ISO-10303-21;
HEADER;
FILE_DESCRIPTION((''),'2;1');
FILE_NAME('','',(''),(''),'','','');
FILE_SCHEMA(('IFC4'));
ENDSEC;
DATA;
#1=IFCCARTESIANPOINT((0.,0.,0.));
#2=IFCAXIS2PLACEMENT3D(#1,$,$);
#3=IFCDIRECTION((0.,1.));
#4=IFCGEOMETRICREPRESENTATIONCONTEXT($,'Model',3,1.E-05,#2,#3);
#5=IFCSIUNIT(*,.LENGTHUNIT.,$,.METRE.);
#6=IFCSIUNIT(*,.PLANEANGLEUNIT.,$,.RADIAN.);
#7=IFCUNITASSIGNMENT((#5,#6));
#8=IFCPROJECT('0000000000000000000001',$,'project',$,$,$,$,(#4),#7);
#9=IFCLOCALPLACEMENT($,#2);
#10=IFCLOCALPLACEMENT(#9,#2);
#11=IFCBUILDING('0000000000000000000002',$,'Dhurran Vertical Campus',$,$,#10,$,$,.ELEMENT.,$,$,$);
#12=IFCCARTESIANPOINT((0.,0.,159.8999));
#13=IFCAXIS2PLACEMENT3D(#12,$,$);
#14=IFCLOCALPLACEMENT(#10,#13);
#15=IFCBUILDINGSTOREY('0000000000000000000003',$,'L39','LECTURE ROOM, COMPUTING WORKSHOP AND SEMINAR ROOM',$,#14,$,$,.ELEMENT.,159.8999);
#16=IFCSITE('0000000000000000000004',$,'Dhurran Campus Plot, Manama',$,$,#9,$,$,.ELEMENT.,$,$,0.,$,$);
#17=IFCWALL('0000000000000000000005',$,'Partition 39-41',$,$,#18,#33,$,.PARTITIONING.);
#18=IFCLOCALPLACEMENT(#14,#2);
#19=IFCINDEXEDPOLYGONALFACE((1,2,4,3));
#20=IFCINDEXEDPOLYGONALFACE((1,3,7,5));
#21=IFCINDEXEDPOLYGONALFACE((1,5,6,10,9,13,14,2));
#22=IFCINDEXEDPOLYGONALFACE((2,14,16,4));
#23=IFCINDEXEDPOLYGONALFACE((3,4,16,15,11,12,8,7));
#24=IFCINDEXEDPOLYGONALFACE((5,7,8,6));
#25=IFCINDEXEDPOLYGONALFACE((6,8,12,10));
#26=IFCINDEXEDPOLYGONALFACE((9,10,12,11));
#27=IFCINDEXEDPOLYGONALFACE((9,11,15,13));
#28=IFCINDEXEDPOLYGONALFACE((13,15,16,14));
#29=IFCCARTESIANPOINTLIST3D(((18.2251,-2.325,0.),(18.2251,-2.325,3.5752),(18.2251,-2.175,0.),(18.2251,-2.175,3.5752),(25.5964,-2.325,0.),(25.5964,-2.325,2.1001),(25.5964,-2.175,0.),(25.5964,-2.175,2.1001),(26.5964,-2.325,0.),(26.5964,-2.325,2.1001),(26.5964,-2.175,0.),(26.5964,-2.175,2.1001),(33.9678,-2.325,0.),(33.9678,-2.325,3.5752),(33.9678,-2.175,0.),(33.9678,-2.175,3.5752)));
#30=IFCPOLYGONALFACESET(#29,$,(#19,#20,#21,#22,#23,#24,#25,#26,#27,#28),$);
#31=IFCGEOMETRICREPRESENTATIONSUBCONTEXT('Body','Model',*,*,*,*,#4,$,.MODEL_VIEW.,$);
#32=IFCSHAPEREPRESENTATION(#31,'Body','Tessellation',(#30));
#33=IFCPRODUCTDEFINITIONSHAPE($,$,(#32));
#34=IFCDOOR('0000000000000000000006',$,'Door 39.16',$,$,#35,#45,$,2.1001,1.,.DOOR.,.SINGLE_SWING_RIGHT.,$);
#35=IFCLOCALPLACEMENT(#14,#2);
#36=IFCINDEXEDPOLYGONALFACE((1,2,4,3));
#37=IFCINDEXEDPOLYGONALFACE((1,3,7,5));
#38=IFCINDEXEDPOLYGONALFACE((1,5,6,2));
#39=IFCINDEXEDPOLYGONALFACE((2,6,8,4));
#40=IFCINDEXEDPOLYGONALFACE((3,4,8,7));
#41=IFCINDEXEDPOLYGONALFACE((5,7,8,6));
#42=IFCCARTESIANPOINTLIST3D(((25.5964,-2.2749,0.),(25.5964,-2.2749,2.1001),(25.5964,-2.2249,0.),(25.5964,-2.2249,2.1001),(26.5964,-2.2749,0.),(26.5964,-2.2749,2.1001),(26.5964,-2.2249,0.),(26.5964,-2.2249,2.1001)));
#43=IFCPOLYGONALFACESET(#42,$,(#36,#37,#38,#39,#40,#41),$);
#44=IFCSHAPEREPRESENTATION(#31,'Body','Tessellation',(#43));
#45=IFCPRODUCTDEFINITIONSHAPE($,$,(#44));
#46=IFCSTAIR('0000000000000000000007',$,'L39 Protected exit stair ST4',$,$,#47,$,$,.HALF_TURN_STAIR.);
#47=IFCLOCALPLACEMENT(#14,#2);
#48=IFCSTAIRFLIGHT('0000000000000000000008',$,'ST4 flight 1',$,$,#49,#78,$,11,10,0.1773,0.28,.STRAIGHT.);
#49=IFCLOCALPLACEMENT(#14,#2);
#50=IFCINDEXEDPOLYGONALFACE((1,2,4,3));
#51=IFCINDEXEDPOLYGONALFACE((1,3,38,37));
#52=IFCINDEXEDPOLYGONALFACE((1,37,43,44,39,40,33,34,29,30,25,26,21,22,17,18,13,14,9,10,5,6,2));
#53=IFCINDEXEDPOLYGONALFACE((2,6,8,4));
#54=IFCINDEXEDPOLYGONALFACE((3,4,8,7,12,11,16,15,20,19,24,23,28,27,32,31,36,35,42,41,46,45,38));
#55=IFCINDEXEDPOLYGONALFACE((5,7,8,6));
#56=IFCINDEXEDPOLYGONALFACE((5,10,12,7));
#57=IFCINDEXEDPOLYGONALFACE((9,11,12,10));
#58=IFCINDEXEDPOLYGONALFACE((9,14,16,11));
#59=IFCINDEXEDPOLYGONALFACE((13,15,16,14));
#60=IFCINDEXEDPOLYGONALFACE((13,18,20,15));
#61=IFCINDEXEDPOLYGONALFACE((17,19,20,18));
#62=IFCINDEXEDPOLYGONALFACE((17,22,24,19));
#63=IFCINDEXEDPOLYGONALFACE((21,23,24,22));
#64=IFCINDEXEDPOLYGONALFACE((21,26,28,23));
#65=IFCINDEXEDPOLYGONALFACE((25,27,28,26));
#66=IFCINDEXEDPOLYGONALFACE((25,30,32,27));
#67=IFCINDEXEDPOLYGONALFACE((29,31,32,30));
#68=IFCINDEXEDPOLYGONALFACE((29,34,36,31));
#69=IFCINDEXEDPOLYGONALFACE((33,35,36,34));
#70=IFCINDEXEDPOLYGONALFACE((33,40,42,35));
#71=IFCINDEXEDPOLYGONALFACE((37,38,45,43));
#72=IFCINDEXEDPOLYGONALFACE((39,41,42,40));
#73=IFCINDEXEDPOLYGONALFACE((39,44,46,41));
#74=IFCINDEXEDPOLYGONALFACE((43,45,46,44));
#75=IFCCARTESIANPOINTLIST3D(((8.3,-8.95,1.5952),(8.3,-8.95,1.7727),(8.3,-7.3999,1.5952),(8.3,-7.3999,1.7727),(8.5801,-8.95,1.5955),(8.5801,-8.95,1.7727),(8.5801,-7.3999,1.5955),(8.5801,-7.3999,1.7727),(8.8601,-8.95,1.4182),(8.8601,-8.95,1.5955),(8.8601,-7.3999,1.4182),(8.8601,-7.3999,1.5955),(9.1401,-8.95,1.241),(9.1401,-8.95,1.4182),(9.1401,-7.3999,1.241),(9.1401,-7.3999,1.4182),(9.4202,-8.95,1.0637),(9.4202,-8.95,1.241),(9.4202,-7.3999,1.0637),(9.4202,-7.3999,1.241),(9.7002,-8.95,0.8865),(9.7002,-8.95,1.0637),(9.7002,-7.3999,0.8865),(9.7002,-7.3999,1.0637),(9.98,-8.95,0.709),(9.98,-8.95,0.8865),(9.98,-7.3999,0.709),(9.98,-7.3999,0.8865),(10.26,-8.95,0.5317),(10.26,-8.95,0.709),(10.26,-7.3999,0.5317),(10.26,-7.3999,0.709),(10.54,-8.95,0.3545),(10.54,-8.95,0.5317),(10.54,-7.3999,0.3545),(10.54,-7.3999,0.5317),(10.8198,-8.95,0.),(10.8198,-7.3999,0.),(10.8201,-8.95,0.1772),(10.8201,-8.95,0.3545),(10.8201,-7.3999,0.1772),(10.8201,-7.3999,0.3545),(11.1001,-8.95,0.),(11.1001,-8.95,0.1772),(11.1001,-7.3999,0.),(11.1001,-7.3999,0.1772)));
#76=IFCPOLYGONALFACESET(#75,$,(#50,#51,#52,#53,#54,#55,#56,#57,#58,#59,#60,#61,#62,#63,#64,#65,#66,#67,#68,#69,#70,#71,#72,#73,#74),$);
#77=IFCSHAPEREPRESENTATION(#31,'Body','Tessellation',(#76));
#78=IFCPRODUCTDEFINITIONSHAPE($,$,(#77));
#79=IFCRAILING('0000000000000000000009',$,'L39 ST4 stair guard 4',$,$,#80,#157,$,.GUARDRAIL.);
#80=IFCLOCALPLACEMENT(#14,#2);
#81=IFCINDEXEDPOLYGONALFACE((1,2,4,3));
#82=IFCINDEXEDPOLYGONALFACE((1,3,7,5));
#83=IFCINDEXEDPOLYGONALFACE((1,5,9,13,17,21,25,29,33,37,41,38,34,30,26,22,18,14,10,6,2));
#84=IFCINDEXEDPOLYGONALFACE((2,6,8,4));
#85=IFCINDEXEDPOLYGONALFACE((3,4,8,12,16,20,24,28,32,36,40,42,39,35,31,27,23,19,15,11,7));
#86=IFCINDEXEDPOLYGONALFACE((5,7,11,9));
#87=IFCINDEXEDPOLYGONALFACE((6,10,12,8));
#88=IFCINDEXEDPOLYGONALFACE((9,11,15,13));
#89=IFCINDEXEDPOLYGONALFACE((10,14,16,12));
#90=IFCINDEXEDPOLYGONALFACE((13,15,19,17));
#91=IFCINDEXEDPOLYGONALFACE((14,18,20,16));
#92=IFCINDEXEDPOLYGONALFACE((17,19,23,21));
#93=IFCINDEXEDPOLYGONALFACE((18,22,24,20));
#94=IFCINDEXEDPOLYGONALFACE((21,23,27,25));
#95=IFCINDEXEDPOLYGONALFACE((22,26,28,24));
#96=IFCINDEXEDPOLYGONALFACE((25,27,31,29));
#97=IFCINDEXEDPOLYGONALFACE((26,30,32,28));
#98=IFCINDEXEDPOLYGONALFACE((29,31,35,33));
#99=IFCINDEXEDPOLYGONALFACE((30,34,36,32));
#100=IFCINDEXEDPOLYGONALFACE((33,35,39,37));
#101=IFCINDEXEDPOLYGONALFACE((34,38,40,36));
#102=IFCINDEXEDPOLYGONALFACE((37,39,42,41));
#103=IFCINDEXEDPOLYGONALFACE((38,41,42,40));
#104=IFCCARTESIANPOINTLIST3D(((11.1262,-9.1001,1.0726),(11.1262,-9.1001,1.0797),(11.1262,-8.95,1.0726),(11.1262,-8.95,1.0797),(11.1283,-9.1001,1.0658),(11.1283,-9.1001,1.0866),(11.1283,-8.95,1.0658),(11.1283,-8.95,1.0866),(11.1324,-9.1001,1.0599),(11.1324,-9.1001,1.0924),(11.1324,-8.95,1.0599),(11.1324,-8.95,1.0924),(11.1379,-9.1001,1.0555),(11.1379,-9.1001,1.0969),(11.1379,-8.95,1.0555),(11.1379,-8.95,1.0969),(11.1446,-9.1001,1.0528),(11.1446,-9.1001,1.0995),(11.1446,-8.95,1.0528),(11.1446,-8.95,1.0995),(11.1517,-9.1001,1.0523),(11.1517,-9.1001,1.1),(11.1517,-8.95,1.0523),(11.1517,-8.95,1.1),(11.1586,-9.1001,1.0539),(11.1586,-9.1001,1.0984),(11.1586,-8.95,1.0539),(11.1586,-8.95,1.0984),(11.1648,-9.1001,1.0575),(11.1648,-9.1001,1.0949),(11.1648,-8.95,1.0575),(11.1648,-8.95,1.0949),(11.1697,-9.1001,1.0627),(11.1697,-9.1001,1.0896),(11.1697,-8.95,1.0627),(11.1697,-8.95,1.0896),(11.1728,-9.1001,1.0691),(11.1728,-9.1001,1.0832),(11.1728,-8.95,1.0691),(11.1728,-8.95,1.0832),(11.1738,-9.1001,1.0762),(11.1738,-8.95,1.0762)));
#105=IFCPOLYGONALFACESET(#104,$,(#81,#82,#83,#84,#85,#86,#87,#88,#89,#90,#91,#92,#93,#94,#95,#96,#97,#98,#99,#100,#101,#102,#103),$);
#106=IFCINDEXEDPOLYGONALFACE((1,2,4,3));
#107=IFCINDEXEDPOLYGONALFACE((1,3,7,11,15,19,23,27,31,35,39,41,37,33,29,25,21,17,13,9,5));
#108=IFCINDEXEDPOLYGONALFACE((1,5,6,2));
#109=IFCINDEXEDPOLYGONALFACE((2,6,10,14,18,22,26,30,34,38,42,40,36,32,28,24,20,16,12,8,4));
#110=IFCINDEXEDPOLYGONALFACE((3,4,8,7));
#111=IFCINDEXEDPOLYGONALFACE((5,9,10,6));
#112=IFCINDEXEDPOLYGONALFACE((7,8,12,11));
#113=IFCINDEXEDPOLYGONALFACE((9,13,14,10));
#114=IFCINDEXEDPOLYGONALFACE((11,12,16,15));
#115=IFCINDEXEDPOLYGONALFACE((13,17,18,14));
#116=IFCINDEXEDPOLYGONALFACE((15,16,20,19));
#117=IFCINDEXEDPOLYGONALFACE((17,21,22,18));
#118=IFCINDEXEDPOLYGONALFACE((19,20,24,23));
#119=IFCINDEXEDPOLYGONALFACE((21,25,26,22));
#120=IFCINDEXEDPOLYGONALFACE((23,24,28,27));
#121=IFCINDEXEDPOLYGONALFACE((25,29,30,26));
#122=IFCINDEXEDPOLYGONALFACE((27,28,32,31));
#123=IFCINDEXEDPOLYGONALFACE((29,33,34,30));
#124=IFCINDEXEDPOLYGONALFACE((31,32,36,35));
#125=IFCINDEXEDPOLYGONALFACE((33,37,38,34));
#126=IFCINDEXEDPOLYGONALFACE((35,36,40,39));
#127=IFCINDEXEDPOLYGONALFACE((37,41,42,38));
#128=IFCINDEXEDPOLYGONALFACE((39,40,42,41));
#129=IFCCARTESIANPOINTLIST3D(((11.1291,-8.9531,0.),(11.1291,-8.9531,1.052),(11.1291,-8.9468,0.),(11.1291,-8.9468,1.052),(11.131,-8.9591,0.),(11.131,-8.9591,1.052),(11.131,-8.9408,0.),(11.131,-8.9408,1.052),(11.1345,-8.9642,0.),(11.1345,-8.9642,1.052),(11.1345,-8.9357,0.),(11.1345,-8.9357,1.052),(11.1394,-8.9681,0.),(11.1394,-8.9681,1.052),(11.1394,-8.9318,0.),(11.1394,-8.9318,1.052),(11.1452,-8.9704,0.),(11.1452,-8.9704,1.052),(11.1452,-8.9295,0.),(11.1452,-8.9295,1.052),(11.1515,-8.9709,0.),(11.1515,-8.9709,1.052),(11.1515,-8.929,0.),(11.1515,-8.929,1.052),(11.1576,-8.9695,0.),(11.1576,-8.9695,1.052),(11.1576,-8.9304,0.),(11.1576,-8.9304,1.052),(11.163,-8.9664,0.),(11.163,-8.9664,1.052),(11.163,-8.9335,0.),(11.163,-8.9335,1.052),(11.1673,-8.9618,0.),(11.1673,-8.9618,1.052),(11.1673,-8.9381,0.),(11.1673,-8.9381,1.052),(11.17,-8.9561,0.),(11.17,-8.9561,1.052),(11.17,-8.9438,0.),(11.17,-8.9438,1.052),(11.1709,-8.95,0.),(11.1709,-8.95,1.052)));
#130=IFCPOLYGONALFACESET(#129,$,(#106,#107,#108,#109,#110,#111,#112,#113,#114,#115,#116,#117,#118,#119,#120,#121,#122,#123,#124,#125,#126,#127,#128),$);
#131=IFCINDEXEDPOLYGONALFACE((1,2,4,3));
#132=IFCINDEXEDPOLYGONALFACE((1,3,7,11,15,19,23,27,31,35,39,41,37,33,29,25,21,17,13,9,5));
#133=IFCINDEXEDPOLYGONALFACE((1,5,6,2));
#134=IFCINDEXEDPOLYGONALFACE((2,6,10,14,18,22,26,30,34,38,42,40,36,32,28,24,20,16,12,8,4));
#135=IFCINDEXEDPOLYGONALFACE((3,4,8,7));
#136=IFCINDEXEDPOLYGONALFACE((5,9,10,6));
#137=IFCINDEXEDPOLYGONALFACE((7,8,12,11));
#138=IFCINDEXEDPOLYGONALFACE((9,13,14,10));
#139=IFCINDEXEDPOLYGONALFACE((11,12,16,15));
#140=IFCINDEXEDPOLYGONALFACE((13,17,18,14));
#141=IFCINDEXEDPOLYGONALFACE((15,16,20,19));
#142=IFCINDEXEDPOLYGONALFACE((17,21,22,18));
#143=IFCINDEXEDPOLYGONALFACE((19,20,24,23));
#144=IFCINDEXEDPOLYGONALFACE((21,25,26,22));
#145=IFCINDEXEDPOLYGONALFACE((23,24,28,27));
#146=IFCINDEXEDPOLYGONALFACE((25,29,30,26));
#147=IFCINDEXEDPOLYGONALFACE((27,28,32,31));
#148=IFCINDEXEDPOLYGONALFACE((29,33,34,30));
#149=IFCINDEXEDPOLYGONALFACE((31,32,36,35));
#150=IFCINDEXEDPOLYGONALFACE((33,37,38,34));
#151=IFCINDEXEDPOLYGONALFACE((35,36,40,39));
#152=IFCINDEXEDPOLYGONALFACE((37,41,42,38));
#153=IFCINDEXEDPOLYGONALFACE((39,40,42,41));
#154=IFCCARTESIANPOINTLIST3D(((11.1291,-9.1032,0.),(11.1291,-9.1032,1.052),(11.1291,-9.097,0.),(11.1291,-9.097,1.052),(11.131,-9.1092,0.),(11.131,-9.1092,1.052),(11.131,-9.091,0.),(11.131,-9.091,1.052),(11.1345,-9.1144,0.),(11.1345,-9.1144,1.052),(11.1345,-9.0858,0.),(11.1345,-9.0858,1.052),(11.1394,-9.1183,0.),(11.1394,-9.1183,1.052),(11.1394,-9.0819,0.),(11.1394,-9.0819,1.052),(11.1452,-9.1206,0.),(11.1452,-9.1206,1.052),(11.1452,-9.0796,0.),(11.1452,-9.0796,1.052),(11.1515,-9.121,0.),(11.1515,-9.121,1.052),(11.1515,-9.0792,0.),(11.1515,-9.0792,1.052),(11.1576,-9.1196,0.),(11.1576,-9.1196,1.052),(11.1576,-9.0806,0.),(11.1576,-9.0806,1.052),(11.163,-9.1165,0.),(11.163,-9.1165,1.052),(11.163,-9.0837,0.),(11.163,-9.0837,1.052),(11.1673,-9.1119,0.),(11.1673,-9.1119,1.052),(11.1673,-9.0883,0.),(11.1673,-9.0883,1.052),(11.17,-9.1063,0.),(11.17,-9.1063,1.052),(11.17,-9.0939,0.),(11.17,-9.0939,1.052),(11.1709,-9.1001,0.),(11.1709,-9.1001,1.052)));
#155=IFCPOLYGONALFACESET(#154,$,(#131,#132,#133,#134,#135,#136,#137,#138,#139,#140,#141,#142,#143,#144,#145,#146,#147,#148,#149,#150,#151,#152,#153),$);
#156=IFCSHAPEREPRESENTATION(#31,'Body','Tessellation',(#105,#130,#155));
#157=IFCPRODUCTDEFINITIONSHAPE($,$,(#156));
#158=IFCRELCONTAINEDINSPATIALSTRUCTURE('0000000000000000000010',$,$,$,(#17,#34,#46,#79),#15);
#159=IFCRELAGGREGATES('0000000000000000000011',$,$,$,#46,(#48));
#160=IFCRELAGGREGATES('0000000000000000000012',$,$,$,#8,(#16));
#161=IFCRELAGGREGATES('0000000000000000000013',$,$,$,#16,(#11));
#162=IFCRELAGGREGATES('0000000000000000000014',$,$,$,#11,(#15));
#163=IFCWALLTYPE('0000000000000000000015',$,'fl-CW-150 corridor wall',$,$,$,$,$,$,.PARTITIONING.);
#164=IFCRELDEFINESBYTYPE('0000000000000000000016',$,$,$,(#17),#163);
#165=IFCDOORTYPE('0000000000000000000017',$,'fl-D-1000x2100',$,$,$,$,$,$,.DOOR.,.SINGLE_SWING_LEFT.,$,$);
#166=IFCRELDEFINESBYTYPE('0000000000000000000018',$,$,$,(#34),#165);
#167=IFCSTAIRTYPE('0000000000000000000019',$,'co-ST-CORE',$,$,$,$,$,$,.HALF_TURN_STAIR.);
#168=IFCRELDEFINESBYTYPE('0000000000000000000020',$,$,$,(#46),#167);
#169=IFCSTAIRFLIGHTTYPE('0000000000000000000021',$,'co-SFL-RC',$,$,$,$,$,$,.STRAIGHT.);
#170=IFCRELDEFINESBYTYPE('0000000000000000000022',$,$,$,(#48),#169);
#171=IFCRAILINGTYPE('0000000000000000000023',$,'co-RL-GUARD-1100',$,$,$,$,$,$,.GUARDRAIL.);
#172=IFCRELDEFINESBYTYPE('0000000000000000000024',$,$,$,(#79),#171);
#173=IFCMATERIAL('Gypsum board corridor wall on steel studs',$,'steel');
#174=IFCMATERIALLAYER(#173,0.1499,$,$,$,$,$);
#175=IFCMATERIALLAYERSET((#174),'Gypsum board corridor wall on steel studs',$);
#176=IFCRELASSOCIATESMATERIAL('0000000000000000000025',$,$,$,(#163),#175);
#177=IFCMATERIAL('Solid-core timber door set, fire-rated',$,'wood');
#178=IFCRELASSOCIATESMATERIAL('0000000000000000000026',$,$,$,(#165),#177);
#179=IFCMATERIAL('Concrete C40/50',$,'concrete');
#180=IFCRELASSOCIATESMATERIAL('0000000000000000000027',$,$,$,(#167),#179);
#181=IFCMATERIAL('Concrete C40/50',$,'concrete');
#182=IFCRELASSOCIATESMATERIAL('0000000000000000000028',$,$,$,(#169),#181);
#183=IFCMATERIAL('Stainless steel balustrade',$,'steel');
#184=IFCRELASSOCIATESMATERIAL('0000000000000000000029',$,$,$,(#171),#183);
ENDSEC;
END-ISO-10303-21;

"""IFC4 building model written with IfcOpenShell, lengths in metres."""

from ifc_helpers import new_model, si_unit, direction, frame, frame_2d, origin, origin_2d, place, context, subcontext, project, spatial, polyline, rectangle, circle, outline, extrude, material, layer, layer_set, type_object, element, fill, aggregate, save


model = new_model("IFC4")

# Units and contexts
model_context = context("Model", 3, precision=1e-05, world=origin(), true_north=direction((0.0, 1.0)))
body_context = subcontext(model_context, "Body", "Model", "MODEL_VIEW")
ifc_project = project(units=[si_unit("LENGTHUNIT", "METRE"), si_unit("PLANEANGLEUNIT", "RADIAN")], contexts=[model_context])

# Site, building, storey
site_placement = place(None, origin())
site = spatial("IfcSite", under=ifc_project, at=site_placement, Name="Dhurran Campus Plot, Manama", CompositionType="ELEMENT", RefElevation=0.0)
building_placement = place(site_placement, origin())
building = spatial("IfcBuilding", under=site, at=building_placement, Name="Dhurran Vertical Campus", CompositionType="ELEMENT")
storey_placement = place(building_placement, frame((0.0, 0.0, 159.8999)))
storey = spatial("IfcBuildingStorey", under=building, at=storey_placement, Name="L39", Description="LECTURE ROOM, COMPUTING WORKSHOP AND SEMINAR ROOM", CompositionType="ELEMENT", Elevation=159.8999)

# Wall, opening, door
ifc_material_1 = material(Name="Gypsum board corridor wall on steel studs", Category="steel")
ifc_layer_1 = layer(ifc_material_1, 0.1499)
ifc_layer_set_1 = layer_set([ifc_layer_1], Name="Gypsum board corridor wall on steel studs")
wall_type_1 = type_object("IfcWallType", Name="fl-CW-150 corridor wall", PredefinedType="PARTITIONING", material=ifc_layer_set_1)
wall_1_placement = place(storey_placement, frame((33.9678, -2.25, 0.0), z_axis=(0.0, 0.0, 1.0), x_axis=(-1.0, 0.0, 0.0)))
wall_1 = element("IfcWall", 1, at=wall_1_placement, inside=storey, type_object=wall_type_1, Name="Partition 39-41", PredefinedType="PARTITIONING", context=body_context, shape_type="SweptSolid", body=[
    extrude(rectangle(XDim=15.7427, YDim=0.1499, at=frame_2d((7.8713, 0.0))), origin(), (0.0, 0.0, 1.0), 3.5752),
])
opening_1_placement = place(wall_1_placement, frame((7.3713, 0.0, 0.0)))
opening_1 = element("IfcOpeningElement", 2, at=opening_1_placement, cuts=wall_1, PredefinedType="OPENING", context=body_context, shape_type="SweptSolid", body=[
    extrude(rectangle(XDim=1.0, YDim=2.1001, at=frame_2d((0.5, 1.05))), frame((0.0, 0.085, 0.0), z_axis=(0.0, -1.0, 0.0), x_axis=(1.0, 0.0, 0.0)), (0.0, 0.0, 1.0), 0.1699),
])
ifc_material_2 = material(Name="Solid-core timber door set, fire-rated", Category="wood")
door_type_1 = type_object("IfcDoorType", Name="fl-D-1000x2100", OperationType="SINGLE_SWING_LEFT", PredefinedType="DOOR", material=ifc_material_2)
door_1_placement = place(opening_1_placement, origin())
door_1 = element("IfcDoor", 3, at=door_1_placement, inside=storey, type_object=door_type_1, Name="Door 39.16", OperationType="SINGLE_SWING_RIGHT", OverallHeight=2.1001, OverallWidth=1.0, PredefinedType="DOOR", context=body_context, shape_type="SweptSolid", body=[
    extrude(rectangle(XDim=1.0, YDim=2.1001, at=frame_2d((0.5, 1.05))), frame((0.0, 0.0249, 0.0), z_axis=(0.0, -1.0, 0.0), x_axis=(1.0, 0.0, 0.0)), (0.0, 0.0, 1.0), 0.05),
])
fill(opening_1, door_1)

# Stair, stair flight
ifc_material_3 = material(Name="Concrete C40/50", Category="concrete")
stair_type = type_object("IfcStairType", Name="co-ST-CORE", PredefinedType="HALF_TURN_STAIR", material=ifc_material_3)
stair_placement = place(storey_placement, origin())
stair = element("IfcStair", 4, at=stair_placement, inside=storey, type_object=stair_type, Name="L39 Protected exit stair ST4", PredefinedType="HALF_TURN_STAIR")
ifc_material_4 = material(Name="Concrete C40/50", Category="concrete")
stair_flight_type = type_object("IfcStairFlightType", Name="co-SFL-RC", PredefinedType="STRAIGHT", material=ifc_material_4)
stair_flight_placement = place(storey_placement, frame((11.1001, -8.175, 0.0), z_axis=(0.0, 0.0, 1.0), x_axis=(-1.0, 0.0, 0.0)))
stair_flight = element("IfcStairFlight", 5, at=stair_flight_placement, type_object=stair_flight_type, Name="ST4 flight 1", NumberOfRisers=11, NumberOfTreads=10, PredefinedType="STRAIGHT", RiserHeight=0.1773, TreadLength=0.28, context=body_context, shape_type="SweptSolid", body=[
    extrude(outline(polyline([(0.0, 0.0), (0.0, 0.1772), (0.28, 0.1772), (0.28, 0.3545), (0.5601, 0.3545), (0.5601, 0.5317), (0.8401, 0.5317), (0.8401, 0.709), (1.1201, 0.709), (1.1201, 0.8865), (1.3999, 0.8865), (1.3999, 1.0637), (1.6799, 1.0637), (1.6799, 1.241), (1.96, 1.241), (1.96, 1.4182), (2.24, 1.4182), (2.24, 1.5955), (2.52, 1.5955), (2.52, 1.7727), (2.8, 1.7727), (2.8, 1.95), (2.8, 1.5952), (0.2803, 0.0), (0.0, 0.0)])), frame((0.0, 0.7749, 0.0), z_axis=(0.0, -1.0, 0.0), x_axis=(1.0, 0.0, 0.0)), (0.0, 0.0, 1.0), 1.55),
])
aggregate(stair, [stair_flight])

# Railing
ifc_material_5 = material(Name="Stainless steel balustrade", Category="steel")
railing_type_1 = type_object("IfcRailingType", Name="co-RL-GUARD-1100", PredefinedType="GUARDRAIL", material=ifc_material_5)
railing_1_placement = place(storey_placement, frame((11.1499, -8.95, 0.0)))
element("IfcRailing", 6, at=railing_1_placement, inside=storey, type_object=railing_type_1, Name="L39 ST4 stair guard 4", PredefinedType="GUARDRAIL", context=body_context, shape_type="SweptSolid", body=[
    extrude(circle(Radius=0.0239, at=origin_2d()), frame((0.0, 0.0, 1.0762), z_axis=(0.0, -1.0, 0.0), x_axis=(1.0, 0.0, 0.0)), (0.0, 0.0, 1.0), 0.1501),
    extrude(circle(Radius=0.021, at=origin_2d()), origin(), (0.0, 0.0, 1.0), 1.052),
    extrude(circle(Radius=0.021, at=origin_2d()), frame((0.0, -0.1501, 0.0)), (0.0, 0.0, 1.0), 1.052),
])

save(model, "model.ifc")
